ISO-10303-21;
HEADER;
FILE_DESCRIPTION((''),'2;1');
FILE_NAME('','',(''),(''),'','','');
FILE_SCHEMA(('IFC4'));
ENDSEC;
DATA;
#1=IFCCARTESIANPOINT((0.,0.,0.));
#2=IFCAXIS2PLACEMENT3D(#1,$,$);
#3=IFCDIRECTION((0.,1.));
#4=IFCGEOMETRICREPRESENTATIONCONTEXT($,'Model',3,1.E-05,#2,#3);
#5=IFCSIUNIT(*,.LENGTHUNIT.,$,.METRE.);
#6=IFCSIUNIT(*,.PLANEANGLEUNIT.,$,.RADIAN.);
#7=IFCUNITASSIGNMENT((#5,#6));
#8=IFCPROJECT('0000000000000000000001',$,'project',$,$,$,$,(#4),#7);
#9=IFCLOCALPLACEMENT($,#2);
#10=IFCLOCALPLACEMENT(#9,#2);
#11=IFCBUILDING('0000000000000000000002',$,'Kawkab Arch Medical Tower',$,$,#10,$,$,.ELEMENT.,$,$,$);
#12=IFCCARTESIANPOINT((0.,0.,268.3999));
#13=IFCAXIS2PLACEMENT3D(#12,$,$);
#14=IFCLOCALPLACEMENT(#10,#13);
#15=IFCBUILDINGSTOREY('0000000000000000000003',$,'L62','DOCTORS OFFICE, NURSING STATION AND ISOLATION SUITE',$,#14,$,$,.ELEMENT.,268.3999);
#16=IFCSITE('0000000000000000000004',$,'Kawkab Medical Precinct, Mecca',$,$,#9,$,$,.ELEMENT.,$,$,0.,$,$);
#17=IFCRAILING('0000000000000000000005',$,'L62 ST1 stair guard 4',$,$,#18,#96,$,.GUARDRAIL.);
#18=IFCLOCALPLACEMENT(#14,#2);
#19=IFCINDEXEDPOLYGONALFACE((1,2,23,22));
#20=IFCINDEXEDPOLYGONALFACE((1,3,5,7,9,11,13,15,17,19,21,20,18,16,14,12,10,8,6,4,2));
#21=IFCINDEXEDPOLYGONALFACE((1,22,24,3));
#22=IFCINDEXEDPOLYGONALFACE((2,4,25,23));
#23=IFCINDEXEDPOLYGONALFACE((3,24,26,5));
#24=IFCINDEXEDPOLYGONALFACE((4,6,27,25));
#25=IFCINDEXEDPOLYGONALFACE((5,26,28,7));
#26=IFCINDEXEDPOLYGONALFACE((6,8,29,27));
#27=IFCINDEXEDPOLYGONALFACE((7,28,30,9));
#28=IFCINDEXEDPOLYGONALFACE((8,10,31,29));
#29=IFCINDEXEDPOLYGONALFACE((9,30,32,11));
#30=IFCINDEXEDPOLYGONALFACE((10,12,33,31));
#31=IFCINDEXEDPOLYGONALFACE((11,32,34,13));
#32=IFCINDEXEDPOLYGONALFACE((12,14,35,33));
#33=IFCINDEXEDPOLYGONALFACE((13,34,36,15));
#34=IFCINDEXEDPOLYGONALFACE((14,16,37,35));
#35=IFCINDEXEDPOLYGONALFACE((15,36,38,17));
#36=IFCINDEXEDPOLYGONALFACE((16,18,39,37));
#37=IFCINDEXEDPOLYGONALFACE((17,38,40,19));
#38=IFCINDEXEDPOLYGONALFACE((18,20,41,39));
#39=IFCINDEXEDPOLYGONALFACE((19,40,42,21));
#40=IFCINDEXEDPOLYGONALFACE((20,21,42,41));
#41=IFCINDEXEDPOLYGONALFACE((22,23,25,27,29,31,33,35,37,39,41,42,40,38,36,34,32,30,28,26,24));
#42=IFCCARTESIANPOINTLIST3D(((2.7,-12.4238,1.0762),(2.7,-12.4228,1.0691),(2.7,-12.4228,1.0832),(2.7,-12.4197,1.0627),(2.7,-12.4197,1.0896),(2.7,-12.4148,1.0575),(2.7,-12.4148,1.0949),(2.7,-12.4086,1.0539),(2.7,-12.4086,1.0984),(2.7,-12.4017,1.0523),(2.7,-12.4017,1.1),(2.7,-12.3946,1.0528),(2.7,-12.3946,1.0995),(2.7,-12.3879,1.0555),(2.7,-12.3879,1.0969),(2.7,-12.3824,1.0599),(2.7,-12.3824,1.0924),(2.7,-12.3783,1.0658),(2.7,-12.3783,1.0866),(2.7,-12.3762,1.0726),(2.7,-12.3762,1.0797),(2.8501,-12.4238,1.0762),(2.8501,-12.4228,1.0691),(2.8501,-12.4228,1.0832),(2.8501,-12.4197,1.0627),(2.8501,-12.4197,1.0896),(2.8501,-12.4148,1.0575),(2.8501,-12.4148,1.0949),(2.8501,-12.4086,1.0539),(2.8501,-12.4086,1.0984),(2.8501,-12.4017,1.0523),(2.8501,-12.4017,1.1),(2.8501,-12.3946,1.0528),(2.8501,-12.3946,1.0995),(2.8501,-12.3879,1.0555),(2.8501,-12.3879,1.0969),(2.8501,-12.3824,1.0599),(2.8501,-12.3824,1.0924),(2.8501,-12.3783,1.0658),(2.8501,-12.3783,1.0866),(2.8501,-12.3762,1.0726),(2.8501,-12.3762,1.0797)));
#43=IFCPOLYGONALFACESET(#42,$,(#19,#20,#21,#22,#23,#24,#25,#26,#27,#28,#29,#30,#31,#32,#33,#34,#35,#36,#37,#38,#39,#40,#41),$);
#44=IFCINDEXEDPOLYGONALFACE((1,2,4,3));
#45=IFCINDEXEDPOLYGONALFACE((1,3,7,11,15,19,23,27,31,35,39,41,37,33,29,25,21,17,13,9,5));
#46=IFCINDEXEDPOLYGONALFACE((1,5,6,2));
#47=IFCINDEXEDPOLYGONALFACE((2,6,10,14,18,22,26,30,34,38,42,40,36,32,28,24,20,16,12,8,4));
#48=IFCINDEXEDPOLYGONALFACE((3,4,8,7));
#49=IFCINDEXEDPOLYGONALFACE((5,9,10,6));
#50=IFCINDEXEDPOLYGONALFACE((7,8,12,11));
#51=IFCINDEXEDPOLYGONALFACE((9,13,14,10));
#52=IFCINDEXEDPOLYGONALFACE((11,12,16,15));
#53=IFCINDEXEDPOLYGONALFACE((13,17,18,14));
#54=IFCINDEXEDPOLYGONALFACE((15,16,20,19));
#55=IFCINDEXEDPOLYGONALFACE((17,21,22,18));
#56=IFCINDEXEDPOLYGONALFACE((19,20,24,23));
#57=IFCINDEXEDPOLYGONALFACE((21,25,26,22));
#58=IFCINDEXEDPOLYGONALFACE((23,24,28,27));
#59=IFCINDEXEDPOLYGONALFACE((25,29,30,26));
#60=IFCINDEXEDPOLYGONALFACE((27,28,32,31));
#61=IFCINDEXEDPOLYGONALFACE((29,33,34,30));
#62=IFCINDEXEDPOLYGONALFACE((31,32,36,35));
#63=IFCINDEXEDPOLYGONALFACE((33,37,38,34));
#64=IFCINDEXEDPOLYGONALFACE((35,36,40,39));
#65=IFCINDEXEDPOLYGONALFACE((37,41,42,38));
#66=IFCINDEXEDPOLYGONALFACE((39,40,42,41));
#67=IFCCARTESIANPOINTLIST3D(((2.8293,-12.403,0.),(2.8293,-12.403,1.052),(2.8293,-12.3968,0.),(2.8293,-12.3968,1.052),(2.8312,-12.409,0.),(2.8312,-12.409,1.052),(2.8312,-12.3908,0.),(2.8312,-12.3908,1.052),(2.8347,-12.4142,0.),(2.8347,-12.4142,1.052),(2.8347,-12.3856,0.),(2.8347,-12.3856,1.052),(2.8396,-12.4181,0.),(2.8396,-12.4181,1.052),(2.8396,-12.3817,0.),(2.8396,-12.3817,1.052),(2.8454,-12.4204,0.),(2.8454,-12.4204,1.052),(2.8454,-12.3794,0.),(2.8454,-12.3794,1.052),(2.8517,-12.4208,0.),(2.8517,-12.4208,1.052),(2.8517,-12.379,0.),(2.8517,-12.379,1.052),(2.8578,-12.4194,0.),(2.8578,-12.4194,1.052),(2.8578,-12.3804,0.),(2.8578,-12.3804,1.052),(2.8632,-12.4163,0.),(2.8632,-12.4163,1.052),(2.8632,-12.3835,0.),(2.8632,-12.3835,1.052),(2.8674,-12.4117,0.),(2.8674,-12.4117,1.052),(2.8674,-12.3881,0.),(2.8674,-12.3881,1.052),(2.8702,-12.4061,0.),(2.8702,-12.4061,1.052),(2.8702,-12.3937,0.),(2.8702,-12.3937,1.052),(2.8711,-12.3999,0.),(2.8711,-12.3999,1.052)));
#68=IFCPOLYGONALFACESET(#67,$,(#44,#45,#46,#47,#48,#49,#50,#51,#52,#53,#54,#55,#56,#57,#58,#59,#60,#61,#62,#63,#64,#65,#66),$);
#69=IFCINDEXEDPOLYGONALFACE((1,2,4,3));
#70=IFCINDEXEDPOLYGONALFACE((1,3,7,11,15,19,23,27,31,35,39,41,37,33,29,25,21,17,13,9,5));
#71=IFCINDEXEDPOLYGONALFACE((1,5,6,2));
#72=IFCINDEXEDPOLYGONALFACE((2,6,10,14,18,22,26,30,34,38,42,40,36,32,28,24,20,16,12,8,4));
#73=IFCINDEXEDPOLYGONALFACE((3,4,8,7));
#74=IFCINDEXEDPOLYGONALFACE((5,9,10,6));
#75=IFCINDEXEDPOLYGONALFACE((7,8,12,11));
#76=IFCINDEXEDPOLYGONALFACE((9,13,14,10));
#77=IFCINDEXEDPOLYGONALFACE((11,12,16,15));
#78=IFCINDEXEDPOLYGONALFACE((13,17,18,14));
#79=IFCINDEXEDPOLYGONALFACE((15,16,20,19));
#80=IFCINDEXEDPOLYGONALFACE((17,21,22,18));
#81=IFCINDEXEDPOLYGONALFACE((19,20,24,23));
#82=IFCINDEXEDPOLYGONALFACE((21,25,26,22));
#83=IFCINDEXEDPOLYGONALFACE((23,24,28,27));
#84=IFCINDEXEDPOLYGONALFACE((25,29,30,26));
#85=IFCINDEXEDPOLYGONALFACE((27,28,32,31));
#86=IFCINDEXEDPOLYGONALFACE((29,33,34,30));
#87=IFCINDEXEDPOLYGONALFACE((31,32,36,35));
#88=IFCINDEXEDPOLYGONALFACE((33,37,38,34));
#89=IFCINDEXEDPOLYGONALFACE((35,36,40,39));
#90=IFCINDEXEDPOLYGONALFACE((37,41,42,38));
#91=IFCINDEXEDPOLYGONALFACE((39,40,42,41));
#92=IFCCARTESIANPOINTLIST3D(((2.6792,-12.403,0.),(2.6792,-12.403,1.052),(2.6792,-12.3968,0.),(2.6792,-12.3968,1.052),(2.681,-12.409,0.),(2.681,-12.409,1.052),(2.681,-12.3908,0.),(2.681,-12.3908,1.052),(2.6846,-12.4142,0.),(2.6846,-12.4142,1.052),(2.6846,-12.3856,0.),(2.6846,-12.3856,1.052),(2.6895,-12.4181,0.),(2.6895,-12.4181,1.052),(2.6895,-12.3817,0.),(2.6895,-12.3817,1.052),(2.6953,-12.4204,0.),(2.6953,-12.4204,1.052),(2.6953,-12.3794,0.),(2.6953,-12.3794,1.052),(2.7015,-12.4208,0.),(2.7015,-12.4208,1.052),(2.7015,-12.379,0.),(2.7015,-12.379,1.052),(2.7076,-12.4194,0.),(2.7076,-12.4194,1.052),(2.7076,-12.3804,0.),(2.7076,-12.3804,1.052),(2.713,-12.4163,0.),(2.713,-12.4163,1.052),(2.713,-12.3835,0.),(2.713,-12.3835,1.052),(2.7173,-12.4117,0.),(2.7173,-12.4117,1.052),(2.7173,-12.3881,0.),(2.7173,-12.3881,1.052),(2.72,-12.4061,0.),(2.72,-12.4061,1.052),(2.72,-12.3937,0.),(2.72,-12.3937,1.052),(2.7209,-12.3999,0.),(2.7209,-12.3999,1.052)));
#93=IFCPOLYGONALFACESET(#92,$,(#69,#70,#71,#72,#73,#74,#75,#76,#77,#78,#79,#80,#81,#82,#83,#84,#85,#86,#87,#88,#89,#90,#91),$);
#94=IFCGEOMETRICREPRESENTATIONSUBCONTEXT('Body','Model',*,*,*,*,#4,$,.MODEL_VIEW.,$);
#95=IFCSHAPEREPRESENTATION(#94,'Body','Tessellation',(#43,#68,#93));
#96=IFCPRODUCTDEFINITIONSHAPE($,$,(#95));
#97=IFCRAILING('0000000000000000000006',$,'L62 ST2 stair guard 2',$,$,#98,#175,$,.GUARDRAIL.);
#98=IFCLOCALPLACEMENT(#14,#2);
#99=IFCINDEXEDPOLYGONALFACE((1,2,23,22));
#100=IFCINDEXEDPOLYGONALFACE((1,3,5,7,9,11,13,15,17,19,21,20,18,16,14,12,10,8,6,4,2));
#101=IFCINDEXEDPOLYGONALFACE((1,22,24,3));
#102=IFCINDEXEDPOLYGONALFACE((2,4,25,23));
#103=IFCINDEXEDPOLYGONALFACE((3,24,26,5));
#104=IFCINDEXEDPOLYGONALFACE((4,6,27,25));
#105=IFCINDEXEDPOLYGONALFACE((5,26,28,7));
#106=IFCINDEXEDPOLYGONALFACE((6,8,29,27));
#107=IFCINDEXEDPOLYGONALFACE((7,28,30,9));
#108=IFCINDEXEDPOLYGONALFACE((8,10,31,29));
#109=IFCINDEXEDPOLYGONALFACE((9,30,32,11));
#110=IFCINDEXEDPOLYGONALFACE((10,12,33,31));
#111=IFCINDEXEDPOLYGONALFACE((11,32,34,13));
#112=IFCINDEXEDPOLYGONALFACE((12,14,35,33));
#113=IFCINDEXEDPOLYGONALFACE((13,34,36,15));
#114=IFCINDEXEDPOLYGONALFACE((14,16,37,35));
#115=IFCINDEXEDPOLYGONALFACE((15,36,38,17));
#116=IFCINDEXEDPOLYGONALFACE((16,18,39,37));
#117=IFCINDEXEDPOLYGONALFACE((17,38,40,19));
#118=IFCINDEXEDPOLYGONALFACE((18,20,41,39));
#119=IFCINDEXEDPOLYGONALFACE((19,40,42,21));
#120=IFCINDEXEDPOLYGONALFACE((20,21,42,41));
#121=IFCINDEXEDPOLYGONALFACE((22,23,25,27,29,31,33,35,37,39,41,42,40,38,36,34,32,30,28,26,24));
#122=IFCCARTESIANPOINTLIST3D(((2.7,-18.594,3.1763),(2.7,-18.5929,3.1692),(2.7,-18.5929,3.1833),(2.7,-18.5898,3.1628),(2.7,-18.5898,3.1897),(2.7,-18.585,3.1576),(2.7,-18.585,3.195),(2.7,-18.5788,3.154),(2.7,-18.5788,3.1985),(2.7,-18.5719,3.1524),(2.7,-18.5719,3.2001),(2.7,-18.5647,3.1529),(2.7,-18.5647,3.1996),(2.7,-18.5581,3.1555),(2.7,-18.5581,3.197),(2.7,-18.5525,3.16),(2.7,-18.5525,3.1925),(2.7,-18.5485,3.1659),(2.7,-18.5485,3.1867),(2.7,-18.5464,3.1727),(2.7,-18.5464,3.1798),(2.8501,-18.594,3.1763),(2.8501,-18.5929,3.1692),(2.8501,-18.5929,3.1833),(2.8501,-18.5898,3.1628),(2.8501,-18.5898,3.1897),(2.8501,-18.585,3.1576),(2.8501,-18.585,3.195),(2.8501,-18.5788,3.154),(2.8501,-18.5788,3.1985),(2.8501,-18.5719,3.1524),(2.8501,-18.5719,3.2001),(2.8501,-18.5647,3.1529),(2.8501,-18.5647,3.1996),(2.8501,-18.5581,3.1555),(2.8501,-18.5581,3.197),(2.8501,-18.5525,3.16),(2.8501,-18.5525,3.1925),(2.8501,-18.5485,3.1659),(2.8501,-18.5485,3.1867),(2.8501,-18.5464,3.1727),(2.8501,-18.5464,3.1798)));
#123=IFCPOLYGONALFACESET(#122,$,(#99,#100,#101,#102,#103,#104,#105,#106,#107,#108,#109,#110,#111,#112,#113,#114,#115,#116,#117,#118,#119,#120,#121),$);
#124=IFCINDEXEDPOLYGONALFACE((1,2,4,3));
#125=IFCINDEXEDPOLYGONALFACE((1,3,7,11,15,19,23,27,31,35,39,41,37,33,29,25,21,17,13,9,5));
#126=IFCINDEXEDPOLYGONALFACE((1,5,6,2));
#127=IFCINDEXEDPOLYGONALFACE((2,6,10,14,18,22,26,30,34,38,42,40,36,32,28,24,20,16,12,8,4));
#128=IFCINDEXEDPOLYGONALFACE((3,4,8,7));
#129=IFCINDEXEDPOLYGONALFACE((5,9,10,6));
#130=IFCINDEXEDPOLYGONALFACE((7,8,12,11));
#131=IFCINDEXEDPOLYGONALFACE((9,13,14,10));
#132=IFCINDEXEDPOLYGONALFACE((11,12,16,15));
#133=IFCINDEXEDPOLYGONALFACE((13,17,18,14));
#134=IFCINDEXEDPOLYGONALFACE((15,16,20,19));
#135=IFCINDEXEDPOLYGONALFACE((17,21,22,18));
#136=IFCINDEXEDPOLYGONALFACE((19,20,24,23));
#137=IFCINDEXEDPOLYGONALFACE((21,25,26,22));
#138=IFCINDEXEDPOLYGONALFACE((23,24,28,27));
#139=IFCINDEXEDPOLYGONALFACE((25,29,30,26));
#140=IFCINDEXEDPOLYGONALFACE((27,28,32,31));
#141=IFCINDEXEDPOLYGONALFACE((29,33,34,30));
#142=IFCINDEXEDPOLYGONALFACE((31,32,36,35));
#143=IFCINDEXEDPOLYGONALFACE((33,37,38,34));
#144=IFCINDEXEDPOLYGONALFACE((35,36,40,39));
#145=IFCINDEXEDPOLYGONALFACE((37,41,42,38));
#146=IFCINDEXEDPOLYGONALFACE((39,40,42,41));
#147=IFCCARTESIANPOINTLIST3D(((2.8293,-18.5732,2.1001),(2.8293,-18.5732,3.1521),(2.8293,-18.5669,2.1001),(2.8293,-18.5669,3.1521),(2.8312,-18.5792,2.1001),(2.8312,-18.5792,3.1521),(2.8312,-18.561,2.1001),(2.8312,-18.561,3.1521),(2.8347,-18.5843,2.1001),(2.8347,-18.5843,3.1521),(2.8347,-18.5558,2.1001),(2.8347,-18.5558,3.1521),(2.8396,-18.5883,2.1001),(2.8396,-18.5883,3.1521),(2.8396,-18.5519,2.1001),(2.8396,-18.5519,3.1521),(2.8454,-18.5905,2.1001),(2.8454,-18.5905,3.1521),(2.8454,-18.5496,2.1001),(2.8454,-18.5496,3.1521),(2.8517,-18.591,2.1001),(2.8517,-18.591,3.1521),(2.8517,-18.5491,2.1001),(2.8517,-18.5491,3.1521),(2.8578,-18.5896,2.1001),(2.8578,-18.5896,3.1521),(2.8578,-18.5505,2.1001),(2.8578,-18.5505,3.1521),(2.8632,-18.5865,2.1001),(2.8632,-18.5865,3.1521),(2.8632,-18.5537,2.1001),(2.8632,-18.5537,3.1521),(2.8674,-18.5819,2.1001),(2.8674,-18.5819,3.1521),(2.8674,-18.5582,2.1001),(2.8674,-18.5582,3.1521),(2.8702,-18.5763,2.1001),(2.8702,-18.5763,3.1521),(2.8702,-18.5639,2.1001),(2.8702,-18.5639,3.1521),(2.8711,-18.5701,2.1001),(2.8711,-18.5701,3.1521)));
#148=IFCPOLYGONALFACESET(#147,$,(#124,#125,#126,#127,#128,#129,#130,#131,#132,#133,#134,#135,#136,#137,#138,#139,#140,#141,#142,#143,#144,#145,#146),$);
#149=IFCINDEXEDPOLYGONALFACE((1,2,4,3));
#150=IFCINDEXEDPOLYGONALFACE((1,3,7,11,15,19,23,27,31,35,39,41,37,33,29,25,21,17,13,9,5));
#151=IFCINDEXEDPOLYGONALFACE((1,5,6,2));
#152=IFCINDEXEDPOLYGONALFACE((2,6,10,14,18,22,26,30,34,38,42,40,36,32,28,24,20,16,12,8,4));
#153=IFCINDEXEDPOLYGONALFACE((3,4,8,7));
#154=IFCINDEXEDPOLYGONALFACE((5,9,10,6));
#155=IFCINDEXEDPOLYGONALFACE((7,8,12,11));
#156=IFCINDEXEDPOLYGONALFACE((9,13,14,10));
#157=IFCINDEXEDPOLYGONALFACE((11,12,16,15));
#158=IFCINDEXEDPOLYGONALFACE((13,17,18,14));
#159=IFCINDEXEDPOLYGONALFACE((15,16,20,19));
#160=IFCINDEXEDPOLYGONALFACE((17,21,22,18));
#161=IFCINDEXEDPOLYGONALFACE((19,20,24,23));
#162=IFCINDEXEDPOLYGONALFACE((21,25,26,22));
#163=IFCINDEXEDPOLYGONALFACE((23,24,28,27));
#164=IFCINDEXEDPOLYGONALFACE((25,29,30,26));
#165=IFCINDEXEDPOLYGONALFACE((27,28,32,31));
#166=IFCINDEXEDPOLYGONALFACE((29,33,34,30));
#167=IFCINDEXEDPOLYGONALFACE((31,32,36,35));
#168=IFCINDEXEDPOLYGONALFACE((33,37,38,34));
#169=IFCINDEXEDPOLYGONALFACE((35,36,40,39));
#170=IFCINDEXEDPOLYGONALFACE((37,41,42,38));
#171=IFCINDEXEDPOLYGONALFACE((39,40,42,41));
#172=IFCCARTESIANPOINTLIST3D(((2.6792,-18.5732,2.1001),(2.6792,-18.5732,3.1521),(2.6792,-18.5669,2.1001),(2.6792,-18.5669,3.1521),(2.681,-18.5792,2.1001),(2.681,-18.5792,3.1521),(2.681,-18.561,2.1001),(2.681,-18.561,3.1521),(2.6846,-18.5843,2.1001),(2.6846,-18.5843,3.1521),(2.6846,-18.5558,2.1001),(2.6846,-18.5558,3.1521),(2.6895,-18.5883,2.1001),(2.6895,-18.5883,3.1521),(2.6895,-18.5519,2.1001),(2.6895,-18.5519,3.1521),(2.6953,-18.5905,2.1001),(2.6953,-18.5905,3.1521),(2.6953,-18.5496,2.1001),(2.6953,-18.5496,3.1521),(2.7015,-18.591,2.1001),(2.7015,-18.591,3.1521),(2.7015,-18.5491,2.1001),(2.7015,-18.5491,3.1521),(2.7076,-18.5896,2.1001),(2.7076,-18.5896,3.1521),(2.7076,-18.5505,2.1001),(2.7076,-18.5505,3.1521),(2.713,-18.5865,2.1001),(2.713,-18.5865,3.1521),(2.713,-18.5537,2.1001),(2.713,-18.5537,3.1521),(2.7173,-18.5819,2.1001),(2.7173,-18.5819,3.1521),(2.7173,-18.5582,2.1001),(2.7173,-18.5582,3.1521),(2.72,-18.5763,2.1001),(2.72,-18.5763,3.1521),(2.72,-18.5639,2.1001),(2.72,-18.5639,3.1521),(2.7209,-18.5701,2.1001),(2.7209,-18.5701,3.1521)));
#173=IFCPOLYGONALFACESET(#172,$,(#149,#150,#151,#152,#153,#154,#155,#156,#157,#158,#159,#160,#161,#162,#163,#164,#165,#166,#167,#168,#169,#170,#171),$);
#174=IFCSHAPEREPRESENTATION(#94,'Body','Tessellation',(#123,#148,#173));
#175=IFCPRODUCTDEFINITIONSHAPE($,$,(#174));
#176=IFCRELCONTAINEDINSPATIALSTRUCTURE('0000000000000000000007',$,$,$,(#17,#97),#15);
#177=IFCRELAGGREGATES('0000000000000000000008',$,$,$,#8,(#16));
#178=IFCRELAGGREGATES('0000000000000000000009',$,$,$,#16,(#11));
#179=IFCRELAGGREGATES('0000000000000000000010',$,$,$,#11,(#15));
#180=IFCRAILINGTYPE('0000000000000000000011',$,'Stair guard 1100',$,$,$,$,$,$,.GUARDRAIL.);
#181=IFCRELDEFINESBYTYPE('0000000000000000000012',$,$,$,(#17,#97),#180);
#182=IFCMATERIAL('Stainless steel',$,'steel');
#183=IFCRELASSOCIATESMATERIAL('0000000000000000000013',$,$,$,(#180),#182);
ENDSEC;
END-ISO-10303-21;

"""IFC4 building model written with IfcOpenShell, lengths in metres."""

from ifc_helpers import new_model, si_unit, direction, frame, origin, origin_2d, place, context, subcontext, project, spatial, circle, extrude, material, type_object, element, save


model = new_model("IFC4")

# Units and contexts
model_context = context("Model", 3, precision=1e-05, world=origin(), true_north=direction((0.0, 1.0)))
body_context = subcontext(model_context, "Body", "Model", "MODEL_VIEW")
ifc_project = project(units=[si_unit("LENGTHUNIT", "METRE"), si_unit("PLANEANGLEUNIT", "RADIAN")], contexts=[model_context])

# Site, building, storey
site_placement = place(None, origin())
site = spatial("IfcSite", under=ifc_project, at=site_placement, Name="Kawkab Medical Precinct, Mecca", CompositionType="ELEMENT", RefElevation=0.0)
building_placement = place(site_placement, origin())
building = spatial("IfcBuilding", under=site, at=building_placement, Name="Kawkab Arch Medical Tower", CompositionType="ELEMENT")
storey_placement = place(building_placement, frame((0.0, 0.0, 268.3999)))
storey = spatial("IfcBuildingStorey", under=building, at=storey_placement, Name="L62", Description="DOCTORS OFFICE, NURSING STATION AND ISOLATION SUITE", CompositionType="ELEMENT", Elevation=268.3999)

# Railings
ifc_material_1 = material(Name="Stainless steel", Category="steel")
railing_type_1 = type_object("IfcRailingType", Name="Stair guard 1100", PredefinedType="GUARDRAIL", material=ifc_material_1)
for number, where, name in (
    (1, (2.8501, -12.3999, 0.0), "L62 ST1 stair guard 4"),
    (2, (2.8501, -18.5701, 2.1001), "L62 ST2 stair guard 2"),
):
    element("IfcRailing", number, at=place(storey_placement, frame(where)), inside=storey, type_object=railing_type_1, Name=name, PredefinedType="GUARDRAIL", context=body_context, shape_type="SweptSolid", body=[
        extrude(circle(Radius=0.0239, at=origin_2d()), frame((0.0, 0.0, 1.0762), z_axis=(-1.0, 0.0, 0.0), x_axis=(0.0, -1.0, 0.0)), (0.0, 0.0, 1.0), 0.1501),
        extrude(circle(Radius=0.021, at=origin_2d()), origin(), (0.0, 0.0, 1.0), 1.052),
        extrude(circle(Radius=0.021, at=origin_2d()), frame((-0.1501, 0.0, 0.0)), (0.0, 0.0, 1.0), 1.052),
    ])

save(model, "model.ifc")
